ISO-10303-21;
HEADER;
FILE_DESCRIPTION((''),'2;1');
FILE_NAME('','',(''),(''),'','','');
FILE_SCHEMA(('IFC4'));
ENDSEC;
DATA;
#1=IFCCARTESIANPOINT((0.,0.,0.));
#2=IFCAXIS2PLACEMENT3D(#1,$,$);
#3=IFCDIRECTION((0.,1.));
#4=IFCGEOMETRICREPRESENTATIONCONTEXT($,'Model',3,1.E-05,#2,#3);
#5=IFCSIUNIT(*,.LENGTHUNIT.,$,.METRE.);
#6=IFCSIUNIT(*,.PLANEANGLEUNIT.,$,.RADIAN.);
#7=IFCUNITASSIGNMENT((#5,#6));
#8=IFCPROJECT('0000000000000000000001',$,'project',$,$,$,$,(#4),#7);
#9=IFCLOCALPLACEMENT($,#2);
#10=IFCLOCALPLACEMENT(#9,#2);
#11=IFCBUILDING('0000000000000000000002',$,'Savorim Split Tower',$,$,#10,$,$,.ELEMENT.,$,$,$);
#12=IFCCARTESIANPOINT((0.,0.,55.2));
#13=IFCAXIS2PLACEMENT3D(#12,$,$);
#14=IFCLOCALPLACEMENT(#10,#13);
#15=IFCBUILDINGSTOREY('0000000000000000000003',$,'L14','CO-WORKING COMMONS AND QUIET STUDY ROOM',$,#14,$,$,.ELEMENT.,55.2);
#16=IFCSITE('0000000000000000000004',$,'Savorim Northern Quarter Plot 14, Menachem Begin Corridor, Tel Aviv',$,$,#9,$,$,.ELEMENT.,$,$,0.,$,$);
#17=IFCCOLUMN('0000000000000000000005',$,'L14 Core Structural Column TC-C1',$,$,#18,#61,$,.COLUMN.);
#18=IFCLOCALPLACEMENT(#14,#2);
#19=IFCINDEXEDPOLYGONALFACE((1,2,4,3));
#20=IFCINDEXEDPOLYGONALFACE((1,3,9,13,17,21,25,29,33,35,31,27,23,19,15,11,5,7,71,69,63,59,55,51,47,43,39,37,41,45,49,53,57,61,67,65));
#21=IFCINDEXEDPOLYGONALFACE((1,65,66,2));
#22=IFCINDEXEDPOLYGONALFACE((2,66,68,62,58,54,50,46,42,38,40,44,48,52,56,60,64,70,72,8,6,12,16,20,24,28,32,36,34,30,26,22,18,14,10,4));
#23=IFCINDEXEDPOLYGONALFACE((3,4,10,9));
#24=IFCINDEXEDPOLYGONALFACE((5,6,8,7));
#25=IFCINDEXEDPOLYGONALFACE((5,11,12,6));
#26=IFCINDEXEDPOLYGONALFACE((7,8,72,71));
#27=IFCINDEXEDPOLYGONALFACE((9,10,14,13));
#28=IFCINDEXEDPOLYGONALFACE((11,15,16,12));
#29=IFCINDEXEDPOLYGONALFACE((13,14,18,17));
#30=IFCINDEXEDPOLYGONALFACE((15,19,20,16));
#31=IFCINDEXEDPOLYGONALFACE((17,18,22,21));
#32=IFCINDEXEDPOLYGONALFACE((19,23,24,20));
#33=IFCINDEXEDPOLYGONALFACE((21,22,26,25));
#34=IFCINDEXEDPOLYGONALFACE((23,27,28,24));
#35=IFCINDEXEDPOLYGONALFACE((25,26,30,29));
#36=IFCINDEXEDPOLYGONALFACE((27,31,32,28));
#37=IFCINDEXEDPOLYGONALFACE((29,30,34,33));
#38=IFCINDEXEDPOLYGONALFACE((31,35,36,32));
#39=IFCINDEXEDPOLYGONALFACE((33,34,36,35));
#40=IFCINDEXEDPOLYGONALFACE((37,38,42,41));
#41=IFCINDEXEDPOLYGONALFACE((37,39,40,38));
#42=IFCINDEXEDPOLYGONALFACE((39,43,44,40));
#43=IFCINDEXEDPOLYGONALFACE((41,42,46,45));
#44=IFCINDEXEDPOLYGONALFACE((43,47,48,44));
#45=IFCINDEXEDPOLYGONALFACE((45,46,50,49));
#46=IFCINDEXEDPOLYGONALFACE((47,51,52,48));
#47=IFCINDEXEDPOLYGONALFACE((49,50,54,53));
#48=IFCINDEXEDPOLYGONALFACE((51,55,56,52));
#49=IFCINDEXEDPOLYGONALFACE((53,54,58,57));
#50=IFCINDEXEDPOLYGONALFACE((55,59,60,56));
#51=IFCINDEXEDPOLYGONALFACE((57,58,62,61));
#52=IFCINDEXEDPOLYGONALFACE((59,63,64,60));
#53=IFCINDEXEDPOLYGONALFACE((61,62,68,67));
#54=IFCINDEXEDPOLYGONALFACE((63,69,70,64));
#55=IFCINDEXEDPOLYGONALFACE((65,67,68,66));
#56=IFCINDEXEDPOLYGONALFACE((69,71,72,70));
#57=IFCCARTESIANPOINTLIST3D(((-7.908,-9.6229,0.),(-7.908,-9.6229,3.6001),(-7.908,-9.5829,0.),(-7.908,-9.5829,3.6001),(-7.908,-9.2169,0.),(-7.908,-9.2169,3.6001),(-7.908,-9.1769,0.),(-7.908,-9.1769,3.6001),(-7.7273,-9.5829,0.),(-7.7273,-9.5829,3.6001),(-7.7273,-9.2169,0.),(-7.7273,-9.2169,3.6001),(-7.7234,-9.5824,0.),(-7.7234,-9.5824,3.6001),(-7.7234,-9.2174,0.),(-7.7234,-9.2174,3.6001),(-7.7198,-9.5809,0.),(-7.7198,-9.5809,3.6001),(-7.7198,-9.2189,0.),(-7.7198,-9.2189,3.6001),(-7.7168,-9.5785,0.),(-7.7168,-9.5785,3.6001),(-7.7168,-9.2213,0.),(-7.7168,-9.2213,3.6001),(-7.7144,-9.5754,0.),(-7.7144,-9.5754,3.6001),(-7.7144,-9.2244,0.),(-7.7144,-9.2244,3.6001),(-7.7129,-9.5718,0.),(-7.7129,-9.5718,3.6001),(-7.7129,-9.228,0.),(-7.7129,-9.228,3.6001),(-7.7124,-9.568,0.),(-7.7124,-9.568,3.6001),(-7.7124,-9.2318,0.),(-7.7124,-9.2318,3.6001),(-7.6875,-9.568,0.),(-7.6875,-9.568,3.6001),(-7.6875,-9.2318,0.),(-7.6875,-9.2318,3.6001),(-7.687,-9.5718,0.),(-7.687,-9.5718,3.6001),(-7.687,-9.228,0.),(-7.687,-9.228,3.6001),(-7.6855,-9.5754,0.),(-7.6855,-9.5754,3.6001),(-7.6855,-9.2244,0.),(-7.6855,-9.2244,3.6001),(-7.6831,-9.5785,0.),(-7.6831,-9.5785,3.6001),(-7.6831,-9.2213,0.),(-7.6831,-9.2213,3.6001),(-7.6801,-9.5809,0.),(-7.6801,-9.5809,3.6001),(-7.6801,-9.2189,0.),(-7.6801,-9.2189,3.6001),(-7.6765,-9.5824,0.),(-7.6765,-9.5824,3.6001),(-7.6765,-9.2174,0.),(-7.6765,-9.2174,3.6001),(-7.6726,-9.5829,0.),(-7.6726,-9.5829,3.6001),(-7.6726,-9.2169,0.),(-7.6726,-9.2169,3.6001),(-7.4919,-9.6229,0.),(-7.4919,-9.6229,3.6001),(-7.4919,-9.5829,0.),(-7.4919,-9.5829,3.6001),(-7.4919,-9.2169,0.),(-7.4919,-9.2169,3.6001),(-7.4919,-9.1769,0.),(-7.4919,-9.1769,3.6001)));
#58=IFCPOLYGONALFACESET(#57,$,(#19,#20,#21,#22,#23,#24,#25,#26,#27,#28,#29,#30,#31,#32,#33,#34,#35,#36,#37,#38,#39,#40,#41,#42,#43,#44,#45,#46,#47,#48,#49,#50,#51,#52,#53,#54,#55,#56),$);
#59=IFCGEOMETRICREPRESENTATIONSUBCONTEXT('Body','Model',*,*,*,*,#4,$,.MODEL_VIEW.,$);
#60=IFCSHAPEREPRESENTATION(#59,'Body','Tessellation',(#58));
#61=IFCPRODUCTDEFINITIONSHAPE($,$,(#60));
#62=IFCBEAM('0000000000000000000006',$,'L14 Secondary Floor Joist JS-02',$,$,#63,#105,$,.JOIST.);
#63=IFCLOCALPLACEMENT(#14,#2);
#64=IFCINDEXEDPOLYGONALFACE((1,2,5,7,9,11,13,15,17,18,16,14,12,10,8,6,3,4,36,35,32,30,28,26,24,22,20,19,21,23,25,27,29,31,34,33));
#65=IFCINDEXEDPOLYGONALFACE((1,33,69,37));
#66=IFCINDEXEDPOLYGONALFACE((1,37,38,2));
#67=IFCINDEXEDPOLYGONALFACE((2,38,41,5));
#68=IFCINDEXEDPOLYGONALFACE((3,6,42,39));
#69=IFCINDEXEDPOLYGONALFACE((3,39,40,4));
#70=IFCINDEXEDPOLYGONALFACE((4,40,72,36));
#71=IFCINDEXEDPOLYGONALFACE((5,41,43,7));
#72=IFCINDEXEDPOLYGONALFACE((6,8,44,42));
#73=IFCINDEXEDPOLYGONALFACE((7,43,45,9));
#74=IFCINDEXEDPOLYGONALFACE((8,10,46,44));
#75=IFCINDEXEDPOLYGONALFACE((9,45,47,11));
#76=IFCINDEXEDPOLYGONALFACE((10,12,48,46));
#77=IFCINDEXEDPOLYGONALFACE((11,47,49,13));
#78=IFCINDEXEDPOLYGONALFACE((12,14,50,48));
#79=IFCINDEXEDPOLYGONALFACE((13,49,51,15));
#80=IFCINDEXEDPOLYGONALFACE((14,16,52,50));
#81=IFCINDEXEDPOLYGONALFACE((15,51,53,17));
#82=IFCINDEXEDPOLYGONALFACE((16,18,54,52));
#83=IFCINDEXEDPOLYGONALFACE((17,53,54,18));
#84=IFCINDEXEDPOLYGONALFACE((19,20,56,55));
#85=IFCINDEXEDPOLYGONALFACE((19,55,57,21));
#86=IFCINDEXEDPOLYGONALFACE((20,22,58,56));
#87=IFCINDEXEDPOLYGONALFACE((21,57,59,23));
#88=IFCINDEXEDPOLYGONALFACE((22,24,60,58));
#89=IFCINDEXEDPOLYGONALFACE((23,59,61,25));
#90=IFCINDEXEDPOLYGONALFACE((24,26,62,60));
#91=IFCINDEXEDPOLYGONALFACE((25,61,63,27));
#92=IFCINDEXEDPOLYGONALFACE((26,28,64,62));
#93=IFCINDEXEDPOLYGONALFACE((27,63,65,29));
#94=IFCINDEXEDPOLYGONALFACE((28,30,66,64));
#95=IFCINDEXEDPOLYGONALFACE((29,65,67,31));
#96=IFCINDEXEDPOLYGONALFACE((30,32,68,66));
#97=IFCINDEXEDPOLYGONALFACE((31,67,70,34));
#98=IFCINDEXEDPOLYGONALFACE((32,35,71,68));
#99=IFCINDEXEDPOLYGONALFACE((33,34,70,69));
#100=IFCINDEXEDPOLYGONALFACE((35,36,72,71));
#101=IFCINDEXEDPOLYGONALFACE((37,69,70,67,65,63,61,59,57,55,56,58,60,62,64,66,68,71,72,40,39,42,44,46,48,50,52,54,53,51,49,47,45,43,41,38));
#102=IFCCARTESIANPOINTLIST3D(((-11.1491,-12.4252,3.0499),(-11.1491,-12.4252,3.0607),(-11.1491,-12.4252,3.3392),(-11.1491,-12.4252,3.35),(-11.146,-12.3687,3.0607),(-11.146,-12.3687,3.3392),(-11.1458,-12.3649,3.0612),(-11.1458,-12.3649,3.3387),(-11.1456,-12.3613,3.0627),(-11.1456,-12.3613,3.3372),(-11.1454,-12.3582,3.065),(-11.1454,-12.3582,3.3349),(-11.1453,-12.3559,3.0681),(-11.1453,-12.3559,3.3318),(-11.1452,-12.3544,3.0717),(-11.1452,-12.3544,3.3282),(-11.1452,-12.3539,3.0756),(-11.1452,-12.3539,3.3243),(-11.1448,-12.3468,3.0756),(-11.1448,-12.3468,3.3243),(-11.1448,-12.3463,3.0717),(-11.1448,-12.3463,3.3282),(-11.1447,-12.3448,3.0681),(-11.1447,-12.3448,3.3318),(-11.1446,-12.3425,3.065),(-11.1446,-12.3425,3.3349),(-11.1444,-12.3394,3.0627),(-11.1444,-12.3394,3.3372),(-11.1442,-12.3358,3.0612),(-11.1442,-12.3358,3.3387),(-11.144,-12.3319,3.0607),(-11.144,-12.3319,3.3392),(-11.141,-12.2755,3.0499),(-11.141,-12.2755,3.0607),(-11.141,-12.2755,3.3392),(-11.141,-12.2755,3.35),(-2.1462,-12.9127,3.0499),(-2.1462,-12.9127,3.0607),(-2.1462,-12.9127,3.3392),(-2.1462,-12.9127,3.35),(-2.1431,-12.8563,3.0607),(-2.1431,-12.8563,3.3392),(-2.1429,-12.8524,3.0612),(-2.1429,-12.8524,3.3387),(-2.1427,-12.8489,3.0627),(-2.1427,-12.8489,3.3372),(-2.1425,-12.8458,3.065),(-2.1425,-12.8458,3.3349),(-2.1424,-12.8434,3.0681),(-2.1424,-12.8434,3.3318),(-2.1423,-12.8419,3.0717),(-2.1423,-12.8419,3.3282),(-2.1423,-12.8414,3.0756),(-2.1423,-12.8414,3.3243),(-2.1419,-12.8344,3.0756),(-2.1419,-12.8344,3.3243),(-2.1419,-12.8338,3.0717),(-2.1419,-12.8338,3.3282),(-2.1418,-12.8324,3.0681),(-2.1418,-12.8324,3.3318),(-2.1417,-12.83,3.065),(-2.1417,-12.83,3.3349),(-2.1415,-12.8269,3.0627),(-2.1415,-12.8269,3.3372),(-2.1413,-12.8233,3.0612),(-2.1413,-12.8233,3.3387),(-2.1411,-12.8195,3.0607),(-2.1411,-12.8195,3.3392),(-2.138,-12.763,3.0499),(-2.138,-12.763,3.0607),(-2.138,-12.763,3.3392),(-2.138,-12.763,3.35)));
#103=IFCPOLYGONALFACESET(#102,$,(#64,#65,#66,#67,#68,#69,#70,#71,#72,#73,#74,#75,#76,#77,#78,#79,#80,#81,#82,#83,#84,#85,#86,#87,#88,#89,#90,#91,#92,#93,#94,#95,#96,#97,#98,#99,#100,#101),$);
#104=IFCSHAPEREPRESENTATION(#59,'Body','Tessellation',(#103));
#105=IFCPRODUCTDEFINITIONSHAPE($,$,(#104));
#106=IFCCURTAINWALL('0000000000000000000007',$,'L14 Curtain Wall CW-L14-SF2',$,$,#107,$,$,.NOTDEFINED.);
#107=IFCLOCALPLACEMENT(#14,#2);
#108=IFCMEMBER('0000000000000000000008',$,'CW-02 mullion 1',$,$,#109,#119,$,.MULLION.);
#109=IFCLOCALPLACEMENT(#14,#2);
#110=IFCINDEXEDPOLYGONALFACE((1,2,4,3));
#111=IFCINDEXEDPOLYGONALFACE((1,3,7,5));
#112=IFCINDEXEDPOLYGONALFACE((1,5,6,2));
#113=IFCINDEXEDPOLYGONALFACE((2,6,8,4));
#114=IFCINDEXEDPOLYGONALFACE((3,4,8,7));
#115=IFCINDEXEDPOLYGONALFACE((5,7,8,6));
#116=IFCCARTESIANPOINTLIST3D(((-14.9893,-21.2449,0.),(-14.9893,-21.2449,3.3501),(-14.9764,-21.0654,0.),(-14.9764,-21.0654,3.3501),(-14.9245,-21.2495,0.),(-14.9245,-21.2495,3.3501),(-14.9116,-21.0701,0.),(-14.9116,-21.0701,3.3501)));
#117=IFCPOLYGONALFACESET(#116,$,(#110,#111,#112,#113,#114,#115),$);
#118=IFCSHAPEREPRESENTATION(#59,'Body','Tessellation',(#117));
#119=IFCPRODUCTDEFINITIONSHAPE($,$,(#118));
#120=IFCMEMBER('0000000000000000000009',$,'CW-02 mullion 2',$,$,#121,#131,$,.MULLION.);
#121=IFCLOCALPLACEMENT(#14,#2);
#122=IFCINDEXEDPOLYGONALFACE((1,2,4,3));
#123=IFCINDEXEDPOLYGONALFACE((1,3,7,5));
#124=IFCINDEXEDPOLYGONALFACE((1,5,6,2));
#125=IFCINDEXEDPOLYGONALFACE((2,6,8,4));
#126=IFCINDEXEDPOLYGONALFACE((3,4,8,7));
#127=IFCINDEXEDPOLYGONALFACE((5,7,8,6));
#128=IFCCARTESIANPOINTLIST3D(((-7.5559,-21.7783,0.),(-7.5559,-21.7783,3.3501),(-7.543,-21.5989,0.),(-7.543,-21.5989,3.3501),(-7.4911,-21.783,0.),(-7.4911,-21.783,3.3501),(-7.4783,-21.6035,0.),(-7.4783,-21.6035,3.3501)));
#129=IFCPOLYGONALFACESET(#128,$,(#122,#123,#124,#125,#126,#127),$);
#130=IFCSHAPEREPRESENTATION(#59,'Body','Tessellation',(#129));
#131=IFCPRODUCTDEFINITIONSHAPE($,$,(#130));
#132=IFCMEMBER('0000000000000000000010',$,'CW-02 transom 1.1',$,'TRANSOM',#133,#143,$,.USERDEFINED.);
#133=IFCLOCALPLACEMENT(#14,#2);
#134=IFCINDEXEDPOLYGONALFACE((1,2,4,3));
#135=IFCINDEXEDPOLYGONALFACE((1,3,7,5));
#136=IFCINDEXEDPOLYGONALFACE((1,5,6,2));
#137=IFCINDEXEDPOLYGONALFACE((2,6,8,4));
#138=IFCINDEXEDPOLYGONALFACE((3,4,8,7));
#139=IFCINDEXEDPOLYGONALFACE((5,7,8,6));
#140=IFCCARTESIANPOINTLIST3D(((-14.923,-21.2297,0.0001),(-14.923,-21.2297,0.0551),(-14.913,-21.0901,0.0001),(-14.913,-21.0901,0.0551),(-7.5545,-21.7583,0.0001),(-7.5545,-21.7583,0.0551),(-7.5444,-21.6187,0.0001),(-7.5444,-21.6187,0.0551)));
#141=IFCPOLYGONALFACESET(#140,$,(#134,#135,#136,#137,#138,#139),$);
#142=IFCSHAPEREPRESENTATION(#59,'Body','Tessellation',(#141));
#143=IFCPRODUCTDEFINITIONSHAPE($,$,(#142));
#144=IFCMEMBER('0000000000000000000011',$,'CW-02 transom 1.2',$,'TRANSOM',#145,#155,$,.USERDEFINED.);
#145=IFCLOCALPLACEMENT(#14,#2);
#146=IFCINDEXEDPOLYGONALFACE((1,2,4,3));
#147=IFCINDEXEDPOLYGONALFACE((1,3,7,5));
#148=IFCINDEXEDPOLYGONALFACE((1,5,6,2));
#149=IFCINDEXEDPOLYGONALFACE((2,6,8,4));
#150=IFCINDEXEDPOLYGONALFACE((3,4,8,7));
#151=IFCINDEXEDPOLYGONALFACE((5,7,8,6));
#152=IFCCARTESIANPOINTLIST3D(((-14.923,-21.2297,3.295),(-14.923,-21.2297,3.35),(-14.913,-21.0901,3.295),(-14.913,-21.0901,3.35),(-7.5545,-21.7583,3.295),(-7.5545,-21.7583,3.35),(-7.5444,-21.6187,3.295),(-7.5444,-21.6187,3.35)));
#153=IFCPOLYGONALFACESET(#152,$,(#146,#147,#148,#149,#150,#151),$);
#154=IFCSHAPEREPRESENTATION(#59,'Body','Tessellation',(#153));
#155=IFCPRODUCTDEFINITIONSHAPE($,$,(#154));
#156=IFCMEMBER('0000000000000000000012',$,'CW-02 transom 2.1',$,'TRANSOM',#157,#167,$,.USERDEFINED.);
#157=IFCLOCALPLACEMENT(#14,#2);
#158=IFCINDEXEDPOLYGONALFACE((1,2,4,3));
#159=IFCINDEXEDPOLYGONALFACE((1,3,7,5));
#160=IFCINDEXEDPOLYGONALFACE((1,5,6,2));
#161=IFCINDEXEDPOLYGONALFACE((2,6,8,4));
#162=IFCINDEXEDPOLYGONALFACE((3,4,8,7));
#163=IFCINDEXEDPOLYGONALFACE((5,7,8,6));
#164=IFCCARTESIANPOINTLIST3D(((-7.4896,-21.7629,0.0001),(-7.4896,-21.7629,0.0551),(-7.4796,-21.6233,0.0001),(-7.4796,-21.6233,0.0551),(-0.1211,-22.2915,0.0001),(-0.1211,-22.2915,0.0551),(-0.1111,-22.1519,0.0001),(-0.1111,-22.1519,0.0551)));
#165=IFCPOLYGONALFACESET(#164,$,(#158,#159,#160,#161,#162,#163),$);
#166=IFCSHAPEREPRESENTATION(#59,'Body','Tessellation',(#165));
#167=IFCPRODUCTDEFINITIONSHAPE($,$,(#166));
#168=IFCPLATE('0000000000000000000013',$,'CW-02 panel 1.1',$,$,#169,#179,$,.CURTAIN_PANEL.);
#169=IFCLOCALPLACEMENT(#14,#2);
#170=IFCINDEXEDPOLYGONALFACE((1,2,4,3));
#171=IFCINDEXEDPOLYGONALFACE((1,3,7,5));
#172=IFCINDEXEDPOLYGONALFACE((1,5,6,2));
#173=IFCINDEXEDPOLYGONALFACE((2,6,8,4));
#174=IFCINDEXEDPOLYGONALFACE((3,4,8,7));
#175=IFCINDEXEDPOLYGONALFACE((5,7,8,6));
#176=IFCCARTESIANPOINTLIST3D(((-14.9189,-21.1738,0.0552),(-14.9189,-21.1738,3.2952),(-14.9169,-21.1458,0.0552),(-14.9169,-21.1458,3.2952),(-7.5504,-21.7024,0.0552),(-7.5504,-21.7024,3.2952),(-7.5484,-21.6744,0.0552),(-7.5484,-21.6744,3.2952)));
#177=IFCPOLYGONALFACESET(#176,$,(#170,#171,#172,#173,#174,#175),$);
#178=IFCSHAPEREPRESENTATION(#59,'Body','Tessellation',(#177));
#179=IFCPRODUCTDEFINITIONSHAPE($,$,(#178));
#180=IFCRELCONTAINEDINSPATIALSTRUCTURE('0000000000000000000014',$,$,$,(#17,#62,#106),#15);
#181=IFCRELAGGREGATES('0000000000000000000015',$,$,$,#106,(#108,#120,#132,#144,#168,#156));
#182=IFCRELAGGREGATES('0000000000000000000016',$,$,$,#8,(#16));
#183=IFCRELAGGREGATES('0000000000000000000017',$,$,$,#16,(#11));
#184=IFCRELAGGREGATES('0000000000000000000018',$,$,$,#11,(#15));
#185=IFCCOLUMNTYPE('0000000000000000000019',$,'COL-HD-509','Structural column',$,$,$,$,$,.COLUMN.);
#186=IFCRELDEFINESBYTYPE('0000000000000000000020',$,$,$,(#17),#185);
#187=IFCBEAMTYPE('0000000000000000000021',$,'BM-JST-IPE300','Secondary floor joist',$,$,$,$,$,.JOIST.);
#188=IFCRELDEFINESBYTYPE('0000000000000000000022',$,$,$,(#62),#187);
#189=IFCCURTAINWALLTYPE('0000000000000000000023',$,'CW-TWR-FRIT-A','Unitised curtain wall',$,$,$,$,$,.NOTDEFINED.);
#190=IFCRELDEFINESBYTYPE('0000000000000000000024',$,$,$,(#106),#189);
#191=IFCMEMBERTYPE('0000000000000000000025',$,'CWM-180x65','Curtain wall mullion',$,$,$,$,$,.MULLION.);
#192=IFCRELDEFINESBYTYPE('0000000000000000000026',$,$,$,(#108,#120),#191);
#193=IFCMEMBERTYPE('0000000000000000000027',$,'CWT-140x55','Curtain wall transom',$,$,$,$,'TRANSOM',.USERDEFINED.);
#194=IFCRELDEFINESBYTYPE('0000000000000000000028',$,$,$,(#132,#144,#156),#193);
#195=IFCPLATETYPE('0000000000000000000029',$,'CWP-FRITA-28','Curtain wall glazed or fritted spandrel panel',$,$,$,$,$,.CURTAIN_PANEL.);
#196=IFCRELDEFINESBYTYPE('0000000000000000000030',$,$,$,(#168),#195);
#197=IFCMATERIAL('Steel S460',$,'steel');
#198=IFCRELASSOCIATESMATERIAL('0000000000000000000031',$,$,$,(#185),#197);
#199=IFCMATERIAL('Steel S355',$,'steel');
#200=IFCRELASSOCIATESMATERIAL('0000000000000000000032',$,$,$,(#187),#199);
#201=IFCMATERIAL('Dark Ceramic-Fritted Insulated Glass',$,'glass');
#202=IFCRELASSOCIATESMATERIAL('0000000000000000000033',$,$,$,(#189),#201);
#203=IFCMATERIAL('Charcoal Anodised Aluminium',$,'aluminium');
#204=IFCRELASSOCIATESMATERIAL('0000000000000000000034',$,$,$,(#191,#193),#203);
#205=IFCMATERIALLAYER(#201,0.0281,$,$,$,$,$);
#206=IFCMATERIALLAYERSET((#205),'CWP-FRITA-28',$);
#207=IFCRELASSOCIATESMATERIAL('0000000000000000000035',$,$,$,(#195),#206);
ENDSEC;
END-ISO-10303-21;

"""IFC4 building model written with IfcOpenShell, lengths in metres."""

from ifc_helpers import new_model, si_unit, direction, frame, origin, origin_2d, place, context, subcontext, project, spatial, rectangle, i_section, extrude, material, layer, layer_set, material_profile, profile_set, type_object, element, aggregate, save


model = new_model("IFC4")

# Units and contexts
model_context = context("Model", 3, precision=1e-05, world=origin(), true_north=direction((0.0, 1.0)))
body_context = subcontext(model_context, "Body", "Model", "MODEL_VIEW")
ifc_project = project(units=[si_unit("LENGTHUNIT", "METRE"), si_unit("PLANEANGLEUNIT", "RADIAN")], contexts=[model_context])

# Site, building, storey
site_placement = place(None, origin())
site = spatial("IfcSite", under=ifc_project, at=site_placement, Name="Savorim Northern Quarter Plot 14, Menachem Begin Corridor, Tel Aviv", CompositionType="ELEMENT", RefElevation=0.0)
building_placement = place(site_placement, origin())
building = spatial("IfcBuilding", under=site, at=building_placement, Name="Savorim Split Tower", CompositionType="ELEMENT")
storey_placement = place(building_placement, frame((0.0, 0.0, 55.2)))
storey = spatial("IfcBuildingStorey", under=building, at=storey_placement, Name="L14", Description="CO-WORKING COMMONS AND QUIET STUDY ROOM", CompositionType="ELEMENT", Elevation=55.2)

# Column
ifc_material_1 = material(Name="Steel S460", Category="steel")
ifc_material_profile_1 = material_profile(ifc_material_1, i_section(OverallWidth=0.416, OverallDepth=0.446, WebThickness=0.0249, FlangeThickness=0.04, FilletRadius=0.0149, at=origin_2d()), Name="HD 400x509")
ifc_profile_set_1 = profile_set([ifc_material_profile_1], Name="Steel S460")
column_type = type_object("IfcColumnType", Name="COL-HD-509", Description="Structural column", PredefinedType="COLUMN", material=ifc_profile_set_1)
column_placement = place(storey_placement, frame((-7.7, -9.3999, 0.0), z_axis=(0.0, 0.0, 1.0), x_axis=(1.0, 0.0, 0.0)))
element("IfcColumn", 1, at=column_placement, inside=storey, type_object=column_type, Name="L14 Core Structural Column TC-C1", PredefinedType="COLUMN", context=body_context, shape_type="SweptSolid", body=[
    extrude(i_section(OverallWidth=0.416, OverallDepth=0.446, WebThickness=0.0249, FlangeThickness=0.04, FilletRadius=0.0149, at=origin_2d()), origin(), (0.0, 0.0, 1.0), 3.6001),
])

# Beam
ifc_material_2 = material(Name="Steel S355", Category="steel")
ifc_material_profile_2 = material_profile(ifc_material_2, i_section(OverallWidth=0.1499, OverallDepth=0.3, WebThickness=0.0071, FlangeThickness=0.0107, FilletRadius=0.0149, at=origin_2d()), Name="IPE 300")
ifc_profile_set_2 = profile_set([ifc_material_profile_2], Name="Steel S355")
beam_type = type_object("IfcBeamType", Name="BM-JST-IPE300", Description="Secondary floor joist", PredefinedType="JOIST", material=ifc_profile_set_2)
beam_placement = place(storey_placement, frame((-11.145, -12.3503, 3.2), z_axis=(0.998537, -0.054075, 0.0), x_axis=(0.054075, 0.998537, 0.0)))
element("IfcBeam", 2, at=beam_placement, inside=storey, type_object=beam_type, Name="L14 Secondary Floor Joist JS-02", PredefinedType="JOIST", context=body_context, shape_type="SweptSolid", body=[
    extrude(i_section(OverallWidth=0.1499, OverallDepth=0.3, WebThickness=0.0071, FlangeThickness=0.0107, FilletRadius=0.0149, at=origin_2d()), origin(), (0.0, 0.0, 1.0), 9.0161),
])

# Curtain wall, members, plate
ifc_material_3 = material(Name="Dark Ceramic-Fritted Insulated Glass", Category="glass")
curtain_wall_type = type_object("IfcCurtainWallType", Name="CW-TWR-FRIT-A", Description="Unitised curtain wall", PredefinedType="NOTDEFINED", material=ifc_material_3)
curtain_wall_placement = place(storey_placement, origin())
curtain_wall = element("IfcCurtainWall", 3, at=curtain_wall_placement, inside=storey, type_object=curtain_wall_type, Name="L14 Curtain Wall CW-L14-SF2", PredefinedType="NOTDEFINED")
ifc_material_4 = material(Name="Charcoal Anodised Aluminium", Category="aluminium")
ifc_material_profile_3 = material_profile(ifc_material_4, rectangle(XDim=0.1799, YDim=0.0649, at=origin_2d()), Name="ALU-M 180x65")
ifc_profile_set_3 = profile_set([ifc_material_profile_3], Name="Charcoal Anodised Aluminium")
member_type_1 = type_object("IfcMemberType", Name="CWM-180x65", Description="Curtain wall mullion", PredefinedType="MULLION", material=ifc_profile_set_3)
member_1_placement = place(storey_placement, frame((-14.9504, -21.1575, 0.0), z_axis=(0.0, 0.0, 1.0), x_axis=(0.071557, 0.997437, 0.0)))
member_1 = element("IfcMember", 4, at=member_1_placement, type_object=member_type_1, Name="CW-02 mullion 1", PredefinedType="MULLION", context=body_context, shape_type="SweptSolid", body=[
    extrude(rectangle(XDim=0.1799, YDim=0.0649, at=origin_2d()), origin(), (0.0, 0.0, 1.0), 3.3501),
])
member_2_placement = place(storey_placement, frame((-7.5171, -21.6909, 0.0), z_axis=(0.0, 0.0, 1.0), x_axis=(0.071557, 0.997437, 0.0)))
member_2 = element("IfcMember", 5, at=member_2_placement, type_object=member_type_1, Name="CW-02 mullion 2", PredefinedType="MULLION", context=body_context, shape_type="SweptSolid", body=[
    extrude(rectangle(XDim=0.1799, YDim=0.0649, at=origin_2d()), origin(), (0.0, 0.0, 1.0), 3.3501),
])
ifc_material_profile_4 = material_profile(ifc_material_4, rectangle(XDim=0.1399, YDim=0.0549, at=origin_2d()), Name="ALU-T 140x55")
ifc_profile_set_4 = profile_set([ifc_material_profile_4], Name="Charcoal Anodised Aluminium")
member_type_2 = type_object("IfcMemberType", Name="CWT-140x55", Description="Curtain wall transom", ElementType="TRANSOM", PredefinedType="USERDEFINED", material=ifc_profile_set_4)
member_3_placement = place(storey_placement, frame((-14.918, -21.1599, 0.0276), z_axis=(0.997437, -0.07155, 0.0), x_axis=(0.07155, 0.997437, 0.0)))
member_3 = element("IfcMember", 6, at=member_3_placement, type_object=member_type_2, Name="CW-02 transom 1.1", ObjectType="TRANSOM", PredefinedType="USERDEFINED", context=body_context, shape_type="SweptSolid", body=[
    extrude(rectangle(XDim=0.1399, YDim=0.0549, at=origin_2d()), origin(), (0.0, 0.0, 1.0), 7.3875),
])
member_4_placement = place(storey_placement, frame((-14.918, -21.1599, 3.3225), z_axis=(0.997437, -0.07155, 0.0), x_axis=(0.07155, 0.997437, 0.0)))
member_4 = element("IfcMember", 7, at=member_4_placement, type_object=member_type_2, Name="CW-02 transom 1.2", ObjectType="TRANSOM", PredefinedType="USERDEFINED", context=body_context, shape_type="SweptSolid", body=[
    extrude(rectangle(XDim=0.1399, YDim=0.0549, at=origin_2d()), origin(), (0.0, 0.0, 1.0), 7.3875),
])
member_5_placement = place(storey_placement, frame((-7.4846, -21.6931, 0.0276), z_axis=(0.997437, -0.07155, 0.0), x_axis=(0.07155, 0.997437, 0.0)))
member_5 = element("IfcMember", 8, at=member_5_placement, type_object=member_type_2, Name="CW-02 transom 2.1", ObjectType="TRANSOM", PredefinedType="USERDEFINED", context=body_context, shape_type="SweptSolid", body=[
    extrude(rectangle(XDim=0.1399, YDim=0.0549, at=origin_2d()), origin(), (0.0, 0.0, 1.0), 7.3875),
])
ifc_layer_1 = layer(ifc_material_3, 0.0281)
ifc_layer_set_1 = layer_set([ifc_layer_1], Name="CWP-FRITA-28")
plate_type_1 = type_object("IfcPlateType", Name="CWP-FRITA-28", Description="Curtain wall glazed or fritted spandrel panel", PredefinedType="CURTAIN_PANEL", material=ifc_layer_set_1)
plate_1_placement = place(storey_placement, frame((-11.2336, -21.4241, 0.0552), z_axis=(0.0, 0.0, 1.0), x_axis=(0.997437, -0.071557, 0.0)))
plate_1 = element("IfcPlate", 9, at=plate_1_placement, type_object=plate_type_1, Name="CW-02 panel 1.1", PredefinedType="CURTAIN_PANEL", context=body_context, shape_type="SweptSolid", body=[
    extrude(rectangle(XDim=7.3875, YDim=0.0281, at=origin_2d()), origin(), (0.0, 0.0, 1.0), 3.24),
])
aggregate(curtain_wall, [member_1, member_2, member_3, member_4, plate_1, member_5])

save(model, "model.ifc")
